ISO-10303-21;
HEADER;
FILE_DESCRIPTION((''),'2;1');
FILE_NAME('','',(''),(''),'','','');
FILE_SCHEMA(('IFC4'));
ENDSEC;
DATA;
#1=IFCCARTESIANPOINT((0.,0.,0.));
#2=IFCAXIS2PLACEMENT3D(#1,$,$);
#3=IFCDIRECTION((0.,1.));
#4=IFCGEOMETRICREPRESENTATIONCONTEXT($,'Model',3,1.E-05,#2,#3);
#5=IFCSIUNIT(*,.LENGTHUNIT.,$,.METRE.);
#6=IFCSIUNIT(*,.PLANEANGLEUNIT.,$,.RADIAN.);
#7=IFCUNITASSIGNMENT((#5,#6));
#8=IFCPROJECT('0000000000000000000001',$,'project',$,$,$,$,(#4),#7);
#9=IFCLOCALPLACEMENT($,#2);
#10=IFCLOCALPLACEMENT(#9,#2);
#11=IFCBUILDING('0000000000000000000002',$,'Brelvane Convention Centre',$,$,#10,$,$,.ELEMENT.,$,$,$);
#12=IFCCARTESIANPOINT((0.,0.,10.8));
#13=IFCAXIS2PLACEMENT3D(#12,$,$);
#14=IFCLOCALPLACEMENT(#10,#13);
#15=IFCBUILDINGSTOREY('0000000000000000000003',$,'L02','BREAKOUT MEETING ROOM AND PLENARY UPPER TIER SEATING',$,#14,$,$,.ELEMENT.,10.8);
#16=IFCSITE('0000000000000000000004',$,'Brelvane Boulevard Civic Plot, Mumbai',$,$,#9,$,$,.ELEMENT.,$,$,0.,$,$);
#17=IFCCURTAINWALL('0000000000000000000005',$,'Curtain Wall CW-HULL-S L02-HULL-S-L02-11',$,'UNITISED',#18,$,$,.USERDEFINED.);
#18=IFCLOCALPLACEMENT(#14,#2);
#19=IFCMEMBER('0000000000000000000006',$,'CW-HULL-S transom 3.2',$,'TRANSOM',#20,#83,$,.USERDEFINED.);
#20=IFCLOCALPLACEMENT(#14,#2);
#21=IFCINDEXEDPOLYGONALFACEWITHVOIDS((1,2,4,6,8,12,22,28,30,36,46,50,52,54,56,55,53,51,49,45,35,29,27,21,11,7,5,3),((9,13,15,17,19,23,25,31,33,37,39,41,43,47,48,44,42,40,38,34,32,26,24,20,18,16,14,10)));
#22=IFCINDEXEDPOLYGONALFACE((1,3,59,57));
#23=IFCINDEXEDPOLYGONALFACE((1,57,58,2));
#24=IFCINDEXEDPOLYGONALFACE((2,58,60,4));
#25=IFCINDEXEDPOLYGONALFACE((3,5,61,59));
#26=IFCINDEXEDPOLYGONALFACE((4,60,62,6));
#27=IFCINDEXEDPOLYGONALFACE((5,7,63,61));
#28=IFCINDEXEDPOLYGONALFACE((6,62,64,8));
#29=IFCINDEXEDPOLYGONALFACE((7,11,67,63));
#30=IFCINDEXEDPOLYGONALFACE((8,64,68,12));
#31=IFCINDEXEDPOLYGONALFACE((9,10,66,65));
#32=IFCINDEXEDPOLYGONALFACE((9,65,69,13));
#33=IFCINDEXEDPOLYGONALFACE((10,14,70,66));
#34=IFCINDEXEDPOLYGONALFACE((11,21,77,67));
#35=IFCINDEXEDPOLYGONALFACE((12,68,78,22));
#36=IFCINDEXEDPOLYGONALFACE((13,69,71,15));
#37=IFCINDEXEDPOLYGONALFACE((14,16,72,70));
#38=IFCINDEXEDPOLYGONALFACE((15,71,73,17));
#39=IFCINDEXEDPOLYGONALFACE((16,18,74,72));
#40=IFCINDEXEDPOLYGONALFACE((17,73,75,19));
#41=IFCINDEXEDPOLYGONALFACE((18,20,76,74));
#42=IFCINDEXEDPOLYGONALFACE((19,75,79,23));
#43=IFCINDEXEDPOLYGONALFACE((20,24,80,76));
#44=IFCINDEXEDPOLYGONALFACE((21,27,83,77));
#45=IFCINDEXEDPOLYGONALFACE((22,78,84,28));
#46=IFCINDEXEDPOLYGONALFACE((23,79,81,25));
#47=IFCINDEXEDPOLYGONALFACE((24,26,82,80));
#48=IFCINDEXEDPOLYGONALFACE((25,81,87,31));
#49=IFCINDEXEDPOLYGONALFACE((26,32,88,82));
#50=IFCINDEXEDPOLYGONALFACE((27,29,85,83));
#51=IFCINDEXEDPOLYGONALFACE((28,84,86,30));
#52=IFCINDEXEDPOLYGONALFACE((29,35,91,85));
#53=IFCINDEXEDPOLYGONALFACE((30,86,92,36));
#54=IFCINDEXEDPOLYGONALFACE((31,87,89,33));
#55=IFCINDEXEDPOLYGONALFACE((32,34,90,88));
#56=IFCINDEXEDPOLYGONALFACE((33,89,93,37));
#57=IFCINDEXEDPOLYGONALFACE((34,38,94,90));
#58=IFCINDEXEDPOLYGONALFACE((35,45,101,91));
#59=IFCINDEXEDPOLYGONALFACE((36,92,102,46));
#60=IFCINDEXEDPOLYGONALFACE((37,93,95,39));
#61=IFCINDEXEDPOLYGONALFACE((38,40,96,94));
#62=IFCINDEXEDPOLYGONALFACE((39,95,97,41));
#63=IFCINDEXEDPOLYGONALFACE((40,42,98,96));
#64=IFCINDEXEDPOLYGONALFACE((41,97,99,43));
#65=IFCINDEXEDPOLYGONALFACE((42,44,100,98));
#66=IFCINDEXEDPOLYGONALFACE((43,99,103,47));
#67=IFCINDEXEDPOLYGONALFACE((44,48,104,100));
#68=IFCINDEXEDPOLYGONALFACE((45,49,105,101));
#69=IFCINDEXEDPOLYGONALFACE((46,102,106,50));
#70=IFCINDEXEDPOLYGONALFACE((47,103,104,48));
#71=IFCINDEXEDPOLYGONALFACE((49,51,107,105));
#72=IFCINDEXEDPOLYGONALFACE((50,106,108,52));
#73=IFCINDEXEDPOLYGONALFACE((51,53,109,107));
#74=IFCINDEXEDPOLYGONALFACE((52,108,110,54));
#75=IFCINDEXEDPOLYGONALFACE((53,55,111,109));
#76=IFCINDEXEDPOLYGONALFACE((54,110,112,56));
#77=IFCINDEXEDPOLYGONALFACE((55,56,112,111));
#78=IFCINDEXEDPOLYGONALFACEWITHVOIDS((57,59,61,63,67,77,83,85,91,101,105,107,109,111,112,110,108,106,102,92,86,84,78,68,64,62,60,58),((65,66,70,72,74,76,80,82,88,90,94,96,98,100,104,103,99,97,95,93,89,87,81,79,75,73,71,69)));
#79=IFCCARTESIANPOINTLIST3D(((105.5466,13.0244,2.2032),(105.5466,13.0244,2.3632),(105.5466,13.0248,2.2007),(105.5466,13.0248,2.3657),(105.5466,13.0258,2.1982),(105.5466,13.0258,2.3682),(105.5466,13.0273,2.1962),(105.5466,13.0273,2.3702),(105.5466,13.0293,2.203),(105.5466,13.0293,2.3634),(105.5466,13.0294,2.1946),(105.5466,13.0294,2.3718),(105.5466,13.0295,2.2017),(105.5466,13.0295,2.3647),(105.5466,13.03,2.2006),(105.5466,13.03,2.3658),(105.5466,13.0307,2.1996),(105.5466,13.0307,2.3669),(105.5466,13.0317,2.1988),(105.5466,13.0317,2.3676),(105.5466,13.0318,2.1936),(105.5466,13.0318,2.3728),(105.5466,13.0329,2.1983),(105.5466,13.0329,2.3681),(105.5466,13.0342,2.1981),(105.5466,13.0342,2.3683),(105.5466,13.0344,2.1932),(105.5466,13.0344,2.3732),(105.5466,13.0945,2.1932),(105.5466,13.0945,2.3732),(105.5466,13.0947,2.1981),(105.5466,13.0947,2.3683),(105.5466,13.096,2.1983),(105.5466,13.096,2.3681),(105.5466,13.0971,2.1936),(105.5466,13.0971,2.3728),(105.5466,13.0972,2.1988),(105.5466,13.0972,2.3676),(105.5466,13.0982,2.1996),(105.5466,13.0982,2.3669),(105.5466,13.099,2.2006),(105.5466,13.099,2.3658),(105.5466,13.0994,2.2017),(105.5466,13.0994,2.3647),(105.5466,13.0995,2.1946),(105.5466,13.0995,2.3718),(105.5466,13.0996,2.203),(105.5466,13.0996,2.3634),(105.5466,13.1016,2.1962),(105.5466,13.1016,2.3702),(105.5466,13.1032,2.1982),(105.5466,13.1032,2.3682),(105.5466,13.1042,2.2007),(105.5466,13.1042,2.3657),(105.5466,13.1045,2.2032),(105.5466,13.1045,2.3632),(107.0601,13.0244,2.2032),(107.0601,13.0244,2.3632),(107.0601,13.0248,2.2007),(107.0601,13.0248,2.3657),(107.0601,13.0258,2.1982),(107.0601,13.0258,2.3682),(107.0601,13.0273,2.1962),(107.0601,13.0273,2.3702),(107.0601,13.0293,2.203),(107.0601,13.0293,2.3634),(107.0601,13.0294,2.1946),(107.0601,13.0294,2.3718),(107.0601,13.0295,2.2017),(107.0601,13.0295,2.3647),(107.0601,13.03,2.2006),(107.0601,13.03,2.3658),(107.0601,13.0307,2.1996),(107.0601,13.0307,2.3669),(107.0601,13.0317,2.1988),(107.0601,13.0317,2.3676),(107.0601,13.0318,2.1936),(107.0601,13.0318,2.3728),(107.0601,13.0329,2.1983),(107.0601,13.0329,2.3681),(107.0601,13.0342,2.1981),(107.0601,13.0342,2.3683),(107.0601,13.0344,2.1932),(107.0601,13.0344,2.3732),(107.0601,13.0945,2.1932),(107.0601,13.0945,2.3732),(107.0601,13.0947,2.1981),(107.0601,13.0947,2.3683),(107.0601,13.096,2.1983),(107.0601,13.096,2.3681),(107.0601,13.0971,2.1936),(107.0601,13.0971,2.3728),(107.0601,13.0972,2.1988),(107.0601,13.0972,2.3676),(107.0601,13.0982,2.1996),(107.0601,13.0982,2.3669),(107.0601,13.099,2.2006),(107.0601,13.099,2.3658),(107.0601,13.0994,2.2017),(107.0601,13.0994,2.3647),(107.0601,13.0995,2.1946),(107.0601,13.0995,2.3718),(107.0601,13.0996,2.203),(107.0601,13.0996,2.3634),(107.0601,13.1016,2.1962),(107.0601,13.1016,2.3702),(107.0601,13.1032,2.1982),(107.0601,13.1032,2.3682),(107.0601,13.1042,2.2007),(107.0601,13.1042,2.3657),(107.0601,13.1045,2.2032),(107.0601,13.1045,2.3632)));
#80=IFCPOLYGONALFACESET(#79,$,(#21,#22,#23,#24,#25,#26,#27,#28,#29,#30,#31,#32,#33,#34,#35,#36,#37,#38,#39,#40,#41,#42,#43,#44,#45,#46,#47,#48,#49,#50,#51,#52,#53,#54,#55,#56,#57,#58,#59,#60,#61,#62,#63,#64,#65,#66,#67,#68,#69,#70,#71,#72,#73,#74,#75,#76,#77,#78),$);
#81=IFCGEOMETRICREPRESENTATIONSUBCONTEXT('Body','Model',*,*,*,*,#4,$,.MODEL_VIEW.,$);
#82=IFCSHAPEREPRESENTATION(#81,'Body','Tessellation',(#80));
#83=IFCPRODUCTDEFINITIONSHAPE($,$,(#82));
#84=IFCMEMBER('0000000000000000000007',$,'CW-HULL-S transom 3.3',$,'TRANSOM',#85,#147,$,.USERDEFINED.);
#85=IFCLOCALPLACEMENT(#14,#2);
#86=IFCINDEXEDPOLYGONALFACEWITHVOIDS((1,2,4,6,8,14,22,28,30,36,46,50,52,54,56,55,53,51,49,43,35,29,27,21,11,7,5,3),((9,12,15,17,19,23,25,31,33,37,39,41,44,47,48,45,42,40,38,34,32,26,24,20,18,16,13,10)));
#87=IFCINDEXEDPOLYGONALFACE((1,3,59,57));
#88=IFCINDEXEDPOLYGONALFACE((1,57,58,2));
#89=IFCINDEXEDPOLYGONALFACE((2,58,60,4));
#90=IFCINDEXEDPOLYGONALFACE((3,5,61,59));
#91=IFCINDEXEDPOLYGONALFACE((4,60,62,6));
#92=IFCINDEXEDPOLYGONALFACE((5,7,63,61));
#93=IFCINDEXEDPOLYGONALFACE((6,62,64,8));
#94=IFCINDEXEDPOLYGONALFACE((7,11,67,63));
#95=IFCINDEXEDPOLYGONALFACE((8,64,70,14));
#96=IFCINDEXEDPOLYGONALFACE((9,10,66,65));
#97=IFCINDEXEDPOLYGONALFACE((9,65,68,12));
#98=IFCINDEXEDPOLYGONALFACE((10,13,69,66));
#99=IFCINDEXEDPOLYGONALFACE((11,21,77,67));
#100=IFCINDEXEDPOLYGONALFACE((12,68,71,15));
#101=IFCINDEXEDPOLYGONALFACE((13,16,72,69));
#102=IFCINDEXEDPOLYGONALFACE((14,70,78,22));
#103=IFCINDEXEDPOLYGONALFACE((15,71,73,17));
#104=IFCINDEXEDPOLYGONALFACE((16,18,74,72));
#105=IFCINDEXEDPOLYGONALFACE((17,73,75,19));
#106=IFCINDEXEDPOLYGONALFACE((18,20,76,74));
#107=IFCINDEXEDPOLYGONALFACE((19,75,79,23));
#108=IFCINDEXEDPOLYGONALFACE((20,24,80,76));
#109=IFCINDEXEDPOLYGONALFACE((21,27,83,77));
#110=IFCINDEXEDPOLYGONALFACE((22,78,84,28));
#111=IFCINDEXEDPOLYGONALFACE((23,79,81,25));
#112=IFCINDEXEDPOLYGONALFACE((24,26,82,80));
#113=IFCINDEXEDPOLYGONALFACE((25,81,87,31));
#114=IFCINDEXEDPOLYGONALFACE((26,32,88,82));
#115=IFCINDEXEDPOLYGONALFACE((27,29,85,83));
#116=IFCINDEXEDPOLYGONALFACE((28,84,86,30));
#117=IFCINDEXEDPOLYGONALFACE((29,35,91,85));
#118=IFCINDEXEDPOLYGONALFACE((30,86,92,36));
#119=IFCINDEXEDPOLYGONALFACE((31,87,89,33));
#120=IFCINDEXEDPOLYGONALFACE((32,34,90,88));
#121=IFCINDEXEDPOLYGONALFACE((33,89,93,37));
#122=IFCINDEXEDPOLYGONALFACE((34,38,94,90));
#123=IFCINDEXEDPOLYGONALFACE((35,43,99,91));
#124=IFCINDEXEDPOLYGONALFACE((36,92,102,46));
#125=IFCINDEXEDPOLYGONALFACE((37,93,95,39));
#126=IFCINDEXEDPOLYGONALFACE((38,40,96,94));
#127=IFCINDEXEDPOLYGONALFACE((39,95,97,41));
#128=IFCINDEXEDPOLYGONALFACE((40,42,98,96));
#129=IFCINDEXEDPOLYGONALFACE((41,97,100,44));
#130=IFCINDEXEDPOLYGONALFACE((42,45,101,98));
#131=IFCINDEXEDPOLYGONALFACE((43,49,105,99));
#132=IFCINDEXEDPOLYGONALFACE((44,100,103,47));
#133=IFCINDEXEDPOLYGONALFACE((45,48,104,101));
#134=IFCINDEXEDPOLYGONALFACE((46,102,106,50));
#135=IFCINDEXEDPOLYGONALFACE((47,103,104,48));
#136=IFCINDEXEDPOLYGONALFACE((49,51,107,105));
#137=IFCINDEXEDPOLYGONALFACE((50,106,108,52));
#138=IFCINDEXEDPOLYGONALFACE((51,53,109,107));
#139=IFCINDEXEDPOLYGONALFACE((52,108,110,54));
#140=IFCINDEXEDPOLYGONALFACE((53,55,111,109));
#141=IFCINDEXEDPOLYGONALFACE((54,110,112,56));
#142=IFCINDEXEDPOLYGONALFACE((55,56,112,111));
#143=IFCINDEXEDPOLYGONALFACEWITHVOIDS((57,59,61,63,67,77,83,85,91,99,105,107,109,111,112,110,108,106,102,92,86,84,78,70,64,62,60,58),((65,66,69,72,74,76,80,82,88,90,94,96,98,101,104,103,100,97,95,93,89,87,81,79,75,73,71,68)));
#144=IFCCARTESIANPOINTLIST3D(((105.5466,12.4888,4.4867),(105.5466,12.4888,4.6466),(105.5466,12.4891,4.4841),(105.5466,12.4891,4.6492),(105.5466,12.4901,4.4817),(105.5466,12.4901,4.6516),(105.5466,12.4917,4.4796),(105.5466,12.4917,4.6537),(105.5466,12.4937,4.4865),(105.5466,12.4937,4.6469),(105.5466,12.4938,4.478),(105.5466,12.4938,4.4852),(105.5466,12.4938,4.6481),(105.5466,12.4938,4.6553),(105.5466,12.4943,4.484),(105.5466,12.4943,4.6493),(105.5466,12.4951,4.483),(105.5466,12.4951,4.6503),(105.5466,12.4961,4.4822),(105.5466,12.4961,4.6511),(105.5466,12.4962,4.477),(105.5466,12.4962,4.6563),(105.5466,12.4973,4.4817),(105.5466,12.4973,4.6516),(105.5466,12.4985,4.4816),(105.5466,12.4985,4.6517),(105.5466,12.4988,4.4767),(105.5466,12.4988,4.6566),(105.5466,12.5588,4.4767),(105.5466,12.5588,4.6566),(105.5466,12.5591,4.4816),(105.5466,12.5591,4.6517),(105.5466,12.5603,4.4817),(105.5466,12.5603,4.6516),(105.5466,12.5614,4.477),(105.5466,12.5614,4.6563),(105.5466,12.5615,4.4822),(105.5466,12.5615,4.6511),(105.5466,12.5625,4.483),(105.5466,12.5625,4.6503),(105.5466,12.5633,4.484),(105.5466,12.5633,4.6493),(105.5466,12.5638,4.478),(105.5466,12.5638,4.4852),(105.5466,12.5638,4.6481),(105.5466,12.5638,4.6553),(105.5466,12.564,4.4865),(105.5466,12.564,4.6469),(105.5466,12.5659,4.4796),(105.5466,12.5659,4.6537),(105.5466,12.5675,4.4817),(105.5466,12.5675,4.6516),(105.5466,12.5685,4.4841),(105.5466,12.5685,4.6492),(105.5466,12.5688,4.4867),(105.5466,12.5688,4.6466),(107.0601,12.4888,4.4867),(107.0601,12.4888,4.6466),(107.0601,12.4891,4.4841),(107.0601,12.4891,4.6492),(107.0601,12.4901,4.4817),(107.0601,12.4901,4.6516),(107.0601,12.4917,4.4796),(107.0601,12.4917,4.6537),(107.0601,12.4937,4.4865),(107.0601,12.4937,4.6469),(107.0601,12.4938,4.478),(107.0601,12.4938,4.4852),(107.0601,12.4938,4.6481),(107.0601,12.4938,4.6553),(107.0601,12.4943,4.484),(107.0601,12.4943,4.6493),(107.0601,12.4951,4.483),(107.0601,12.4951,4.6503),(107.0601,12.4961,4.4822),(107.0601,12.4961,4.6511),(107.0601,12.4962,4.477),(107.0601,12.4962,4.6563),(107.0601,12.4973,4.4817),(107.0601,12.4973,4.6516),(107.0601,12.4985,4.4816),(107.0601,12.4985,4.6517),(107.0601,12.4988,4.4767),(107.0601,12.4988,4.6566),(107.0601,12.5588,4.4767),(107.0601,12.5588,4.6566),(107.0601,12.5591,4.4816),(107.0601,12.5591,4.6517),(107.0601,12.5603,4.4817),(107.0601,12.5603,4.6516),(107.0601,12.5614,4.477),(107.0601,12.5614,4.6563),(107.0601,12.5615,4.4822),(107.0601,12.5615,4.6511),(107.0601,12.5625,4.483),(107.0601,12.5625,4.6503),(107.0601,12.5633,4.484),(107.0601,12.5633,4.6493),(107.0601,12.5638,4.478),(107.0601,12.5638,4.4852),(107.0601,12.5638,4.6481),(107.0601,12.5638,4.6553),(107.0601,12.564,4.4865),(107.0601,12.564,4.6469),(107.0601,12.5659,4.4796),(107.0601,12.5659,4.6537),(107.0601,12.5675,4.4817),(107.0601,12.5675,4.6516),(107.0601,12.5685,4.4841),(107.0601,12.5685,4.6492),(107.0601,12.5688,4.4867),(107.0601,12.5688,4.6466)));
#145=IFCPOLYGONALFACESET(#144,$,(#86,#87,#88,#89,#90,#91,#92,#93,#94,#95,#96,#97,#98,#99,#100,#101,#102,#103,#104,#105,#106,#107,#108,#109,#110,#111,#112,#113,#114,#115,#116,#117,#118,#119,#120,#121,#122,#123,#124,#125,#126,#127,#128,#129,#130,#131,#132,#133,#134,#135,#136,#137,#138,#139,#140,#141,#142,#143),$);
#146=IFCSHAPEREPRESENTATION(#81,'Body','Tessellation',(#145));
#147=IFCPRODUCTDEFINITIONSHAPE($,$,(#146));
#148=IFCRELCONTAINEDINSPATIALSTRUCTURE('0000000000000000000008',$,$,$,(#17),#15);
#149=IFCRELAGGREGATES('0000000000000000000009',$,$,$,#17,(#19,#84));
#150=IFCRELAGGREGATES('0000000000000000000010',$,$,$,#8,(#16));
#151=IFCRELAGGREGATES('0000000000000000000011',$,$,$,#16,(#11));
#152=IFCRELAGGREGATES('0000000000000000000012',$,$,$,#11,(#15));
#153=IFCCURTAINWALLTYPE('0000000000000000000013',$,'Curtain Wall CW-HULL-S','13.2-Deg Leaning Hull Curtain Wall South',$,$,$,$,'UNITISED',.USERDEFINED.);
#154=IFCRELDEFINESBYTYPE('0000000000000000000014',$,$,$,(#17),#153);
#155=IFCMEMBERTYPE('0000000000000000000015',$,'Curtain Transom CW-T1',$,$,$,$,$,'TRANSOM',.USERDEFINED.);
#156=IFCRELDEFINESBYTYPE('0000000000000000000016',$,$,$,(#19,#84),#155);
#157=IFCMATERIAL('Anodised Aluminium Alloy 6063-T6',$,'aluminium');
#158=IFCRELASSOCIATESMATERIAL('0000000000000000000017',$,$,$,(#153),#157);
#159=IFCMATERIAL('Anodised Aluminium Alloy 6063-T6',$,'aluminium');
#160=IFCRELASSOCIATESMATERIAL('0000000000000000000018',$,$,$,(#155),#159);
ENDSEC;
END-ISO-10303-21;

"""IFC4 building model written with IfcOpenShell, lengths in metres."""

from ifc_helpers import new_model, si_unit, direction, frame, origin, origin_2d, place, context, subcontext, project, spatial, hollow_rectangle, extrude, material, material_profile, profile_set, type_object, element, aggregate, save


model = new_model("IFC4")

# Units and contexts
model_context = context("Model", 3, precision=1e-05, world=origin(), true_north=direction((0.0, 1.0)))
body_context = subcontext(model_context, "Body", "Model", "MODEL_VIEW")
ifc_project = project(units=[si_unit("LENGTHUNIT", "METRE"), si_unit("PLANEANGLEUNIT", "RADIAN")], contexts=[model_context])

# Site, building, storey
site_placement = place(None, origin())
site = spatial("IfcSite", under=ifc_project, at=site_placement, Name="Brelvane Boulevard Civic Plot, Mumbai", CompositionType="ELEMENT", RefElevation=0.0)
building_placement = place(site_placement, origin())
building = spatial("IfcBuilding", under=site, at=building_placement, Name="Brelvane Convention Centre", CompositionType="ELEMENT")
storey_placement = place(building_placement, frame((0.0, 0.0, 10.8)))
storey = spatial("IfcBuildingStorey", under=building, at=storey_placement, Name="L02", Description="BREAKOUT MEETING ROOM AND PLENARY UPPER TIER SEATING", CompositionType="ELEMENT", Elevation=10.8)

# Curtain wall, members
ifc_material_1 = material(Name="Anodised Aluminium Alloy 6063-T6", Category="aluminium")
curtain_wall_type = type_object("IfcCurtainWallType", Name="Curtain Wall CW-HULL-S", Description="13.2-Deg Leaning Hull Curtain Wall South", ElementType="UNITISED", PredefinedType="USERDEFINED", material=ifc_material_1)
curtain_wall_1_placement = place(storey_placement, origin())
curtain_wall_1 = element("IfcCurtainWall", 1, at=curtain_wall_1_placement, inside=storey, type_object=curtain_wall_type, Name="Curtain Wall CW-HULL-S L02-HULL-S-L02-11", ObjectType="UNITISED", PredefinedType="USERDEFINED")
ifc_material_2 = material(Name="Anodised Aluminium Alloy 6063-T6", Category="aluminium")
ifc_material_profile = material_profile(ifc_material_2, hollow_rectangle(XDim=0.0801, YDim=0.1799, WallThickness=0.0049, InnerFilletRadius=0.0049, OuterFilletRadius=0.01, at=origin_2d()), Name="ALU-T 180x80x5.0")
ifc_profile_set = profile_set([ifc_material_profile], Name="Anodised Aluminium Alloy 6063-T6")
member_type = type_object("IfcMemberType", Name="Curtain Transom CW-T1", ElementType="TRANSOM", PredefinedType="USERDEFINED", material=ifc_profile_set)
member_1_placement = place(storey_placement, frame((105.5466, 13.0645, 2.2832), z_axis=(1.0, 0.0, 0.0), x_axis=(0.0, 1.0, 0.0)))
member_1 = element("IfcMember", 2, at=member_1_placement, type_object=member_type, Name="CW-HULL-S transom 3.2", ObjectType="TRANSOM", PredefinedType="USERDEFINED", context=body_context, shape_type="SweptSolid", body=[
    extrude(hollow_rectangle(XDim=0.0801, YDim=0.1799, WallThickness=0.0049, InnerFilletRadius=0.0049, OuterFilletRadius=0.01, at=origin_2d()), origin(), (0.0, 0.0, 1.0), 1.5134),
])
member_2_placement = place(storey_placement, frame((105.5466, 12.5288, 4.5667), z_axis=(1.0, 0.0, 0.0), x_axis=(0.0, 1.0, 0.0)))
member_2 = element("IfcMember", 3, at=member_2_placement, type_object=member_type, Name="CW-HULL-S transom 3.3", ObjectType="TRANSOM", PredefinedType="USERDEFINED", context=body_context, shape_type="SweptSolid", body=[
    extrude(hollow_rectangle(XDim=0.0801, YDim=0.1799, WallThickness=0.0049, InnerFilletRadius=0.0049, OuterFilletRadius=0.01, at=origin_2d()), origin(), (0.0, 0.0, 1.0), 1.5134),
])

aggregate(curtain_wall_1, [member_1, member_2])

save(model, "model.ifc")
